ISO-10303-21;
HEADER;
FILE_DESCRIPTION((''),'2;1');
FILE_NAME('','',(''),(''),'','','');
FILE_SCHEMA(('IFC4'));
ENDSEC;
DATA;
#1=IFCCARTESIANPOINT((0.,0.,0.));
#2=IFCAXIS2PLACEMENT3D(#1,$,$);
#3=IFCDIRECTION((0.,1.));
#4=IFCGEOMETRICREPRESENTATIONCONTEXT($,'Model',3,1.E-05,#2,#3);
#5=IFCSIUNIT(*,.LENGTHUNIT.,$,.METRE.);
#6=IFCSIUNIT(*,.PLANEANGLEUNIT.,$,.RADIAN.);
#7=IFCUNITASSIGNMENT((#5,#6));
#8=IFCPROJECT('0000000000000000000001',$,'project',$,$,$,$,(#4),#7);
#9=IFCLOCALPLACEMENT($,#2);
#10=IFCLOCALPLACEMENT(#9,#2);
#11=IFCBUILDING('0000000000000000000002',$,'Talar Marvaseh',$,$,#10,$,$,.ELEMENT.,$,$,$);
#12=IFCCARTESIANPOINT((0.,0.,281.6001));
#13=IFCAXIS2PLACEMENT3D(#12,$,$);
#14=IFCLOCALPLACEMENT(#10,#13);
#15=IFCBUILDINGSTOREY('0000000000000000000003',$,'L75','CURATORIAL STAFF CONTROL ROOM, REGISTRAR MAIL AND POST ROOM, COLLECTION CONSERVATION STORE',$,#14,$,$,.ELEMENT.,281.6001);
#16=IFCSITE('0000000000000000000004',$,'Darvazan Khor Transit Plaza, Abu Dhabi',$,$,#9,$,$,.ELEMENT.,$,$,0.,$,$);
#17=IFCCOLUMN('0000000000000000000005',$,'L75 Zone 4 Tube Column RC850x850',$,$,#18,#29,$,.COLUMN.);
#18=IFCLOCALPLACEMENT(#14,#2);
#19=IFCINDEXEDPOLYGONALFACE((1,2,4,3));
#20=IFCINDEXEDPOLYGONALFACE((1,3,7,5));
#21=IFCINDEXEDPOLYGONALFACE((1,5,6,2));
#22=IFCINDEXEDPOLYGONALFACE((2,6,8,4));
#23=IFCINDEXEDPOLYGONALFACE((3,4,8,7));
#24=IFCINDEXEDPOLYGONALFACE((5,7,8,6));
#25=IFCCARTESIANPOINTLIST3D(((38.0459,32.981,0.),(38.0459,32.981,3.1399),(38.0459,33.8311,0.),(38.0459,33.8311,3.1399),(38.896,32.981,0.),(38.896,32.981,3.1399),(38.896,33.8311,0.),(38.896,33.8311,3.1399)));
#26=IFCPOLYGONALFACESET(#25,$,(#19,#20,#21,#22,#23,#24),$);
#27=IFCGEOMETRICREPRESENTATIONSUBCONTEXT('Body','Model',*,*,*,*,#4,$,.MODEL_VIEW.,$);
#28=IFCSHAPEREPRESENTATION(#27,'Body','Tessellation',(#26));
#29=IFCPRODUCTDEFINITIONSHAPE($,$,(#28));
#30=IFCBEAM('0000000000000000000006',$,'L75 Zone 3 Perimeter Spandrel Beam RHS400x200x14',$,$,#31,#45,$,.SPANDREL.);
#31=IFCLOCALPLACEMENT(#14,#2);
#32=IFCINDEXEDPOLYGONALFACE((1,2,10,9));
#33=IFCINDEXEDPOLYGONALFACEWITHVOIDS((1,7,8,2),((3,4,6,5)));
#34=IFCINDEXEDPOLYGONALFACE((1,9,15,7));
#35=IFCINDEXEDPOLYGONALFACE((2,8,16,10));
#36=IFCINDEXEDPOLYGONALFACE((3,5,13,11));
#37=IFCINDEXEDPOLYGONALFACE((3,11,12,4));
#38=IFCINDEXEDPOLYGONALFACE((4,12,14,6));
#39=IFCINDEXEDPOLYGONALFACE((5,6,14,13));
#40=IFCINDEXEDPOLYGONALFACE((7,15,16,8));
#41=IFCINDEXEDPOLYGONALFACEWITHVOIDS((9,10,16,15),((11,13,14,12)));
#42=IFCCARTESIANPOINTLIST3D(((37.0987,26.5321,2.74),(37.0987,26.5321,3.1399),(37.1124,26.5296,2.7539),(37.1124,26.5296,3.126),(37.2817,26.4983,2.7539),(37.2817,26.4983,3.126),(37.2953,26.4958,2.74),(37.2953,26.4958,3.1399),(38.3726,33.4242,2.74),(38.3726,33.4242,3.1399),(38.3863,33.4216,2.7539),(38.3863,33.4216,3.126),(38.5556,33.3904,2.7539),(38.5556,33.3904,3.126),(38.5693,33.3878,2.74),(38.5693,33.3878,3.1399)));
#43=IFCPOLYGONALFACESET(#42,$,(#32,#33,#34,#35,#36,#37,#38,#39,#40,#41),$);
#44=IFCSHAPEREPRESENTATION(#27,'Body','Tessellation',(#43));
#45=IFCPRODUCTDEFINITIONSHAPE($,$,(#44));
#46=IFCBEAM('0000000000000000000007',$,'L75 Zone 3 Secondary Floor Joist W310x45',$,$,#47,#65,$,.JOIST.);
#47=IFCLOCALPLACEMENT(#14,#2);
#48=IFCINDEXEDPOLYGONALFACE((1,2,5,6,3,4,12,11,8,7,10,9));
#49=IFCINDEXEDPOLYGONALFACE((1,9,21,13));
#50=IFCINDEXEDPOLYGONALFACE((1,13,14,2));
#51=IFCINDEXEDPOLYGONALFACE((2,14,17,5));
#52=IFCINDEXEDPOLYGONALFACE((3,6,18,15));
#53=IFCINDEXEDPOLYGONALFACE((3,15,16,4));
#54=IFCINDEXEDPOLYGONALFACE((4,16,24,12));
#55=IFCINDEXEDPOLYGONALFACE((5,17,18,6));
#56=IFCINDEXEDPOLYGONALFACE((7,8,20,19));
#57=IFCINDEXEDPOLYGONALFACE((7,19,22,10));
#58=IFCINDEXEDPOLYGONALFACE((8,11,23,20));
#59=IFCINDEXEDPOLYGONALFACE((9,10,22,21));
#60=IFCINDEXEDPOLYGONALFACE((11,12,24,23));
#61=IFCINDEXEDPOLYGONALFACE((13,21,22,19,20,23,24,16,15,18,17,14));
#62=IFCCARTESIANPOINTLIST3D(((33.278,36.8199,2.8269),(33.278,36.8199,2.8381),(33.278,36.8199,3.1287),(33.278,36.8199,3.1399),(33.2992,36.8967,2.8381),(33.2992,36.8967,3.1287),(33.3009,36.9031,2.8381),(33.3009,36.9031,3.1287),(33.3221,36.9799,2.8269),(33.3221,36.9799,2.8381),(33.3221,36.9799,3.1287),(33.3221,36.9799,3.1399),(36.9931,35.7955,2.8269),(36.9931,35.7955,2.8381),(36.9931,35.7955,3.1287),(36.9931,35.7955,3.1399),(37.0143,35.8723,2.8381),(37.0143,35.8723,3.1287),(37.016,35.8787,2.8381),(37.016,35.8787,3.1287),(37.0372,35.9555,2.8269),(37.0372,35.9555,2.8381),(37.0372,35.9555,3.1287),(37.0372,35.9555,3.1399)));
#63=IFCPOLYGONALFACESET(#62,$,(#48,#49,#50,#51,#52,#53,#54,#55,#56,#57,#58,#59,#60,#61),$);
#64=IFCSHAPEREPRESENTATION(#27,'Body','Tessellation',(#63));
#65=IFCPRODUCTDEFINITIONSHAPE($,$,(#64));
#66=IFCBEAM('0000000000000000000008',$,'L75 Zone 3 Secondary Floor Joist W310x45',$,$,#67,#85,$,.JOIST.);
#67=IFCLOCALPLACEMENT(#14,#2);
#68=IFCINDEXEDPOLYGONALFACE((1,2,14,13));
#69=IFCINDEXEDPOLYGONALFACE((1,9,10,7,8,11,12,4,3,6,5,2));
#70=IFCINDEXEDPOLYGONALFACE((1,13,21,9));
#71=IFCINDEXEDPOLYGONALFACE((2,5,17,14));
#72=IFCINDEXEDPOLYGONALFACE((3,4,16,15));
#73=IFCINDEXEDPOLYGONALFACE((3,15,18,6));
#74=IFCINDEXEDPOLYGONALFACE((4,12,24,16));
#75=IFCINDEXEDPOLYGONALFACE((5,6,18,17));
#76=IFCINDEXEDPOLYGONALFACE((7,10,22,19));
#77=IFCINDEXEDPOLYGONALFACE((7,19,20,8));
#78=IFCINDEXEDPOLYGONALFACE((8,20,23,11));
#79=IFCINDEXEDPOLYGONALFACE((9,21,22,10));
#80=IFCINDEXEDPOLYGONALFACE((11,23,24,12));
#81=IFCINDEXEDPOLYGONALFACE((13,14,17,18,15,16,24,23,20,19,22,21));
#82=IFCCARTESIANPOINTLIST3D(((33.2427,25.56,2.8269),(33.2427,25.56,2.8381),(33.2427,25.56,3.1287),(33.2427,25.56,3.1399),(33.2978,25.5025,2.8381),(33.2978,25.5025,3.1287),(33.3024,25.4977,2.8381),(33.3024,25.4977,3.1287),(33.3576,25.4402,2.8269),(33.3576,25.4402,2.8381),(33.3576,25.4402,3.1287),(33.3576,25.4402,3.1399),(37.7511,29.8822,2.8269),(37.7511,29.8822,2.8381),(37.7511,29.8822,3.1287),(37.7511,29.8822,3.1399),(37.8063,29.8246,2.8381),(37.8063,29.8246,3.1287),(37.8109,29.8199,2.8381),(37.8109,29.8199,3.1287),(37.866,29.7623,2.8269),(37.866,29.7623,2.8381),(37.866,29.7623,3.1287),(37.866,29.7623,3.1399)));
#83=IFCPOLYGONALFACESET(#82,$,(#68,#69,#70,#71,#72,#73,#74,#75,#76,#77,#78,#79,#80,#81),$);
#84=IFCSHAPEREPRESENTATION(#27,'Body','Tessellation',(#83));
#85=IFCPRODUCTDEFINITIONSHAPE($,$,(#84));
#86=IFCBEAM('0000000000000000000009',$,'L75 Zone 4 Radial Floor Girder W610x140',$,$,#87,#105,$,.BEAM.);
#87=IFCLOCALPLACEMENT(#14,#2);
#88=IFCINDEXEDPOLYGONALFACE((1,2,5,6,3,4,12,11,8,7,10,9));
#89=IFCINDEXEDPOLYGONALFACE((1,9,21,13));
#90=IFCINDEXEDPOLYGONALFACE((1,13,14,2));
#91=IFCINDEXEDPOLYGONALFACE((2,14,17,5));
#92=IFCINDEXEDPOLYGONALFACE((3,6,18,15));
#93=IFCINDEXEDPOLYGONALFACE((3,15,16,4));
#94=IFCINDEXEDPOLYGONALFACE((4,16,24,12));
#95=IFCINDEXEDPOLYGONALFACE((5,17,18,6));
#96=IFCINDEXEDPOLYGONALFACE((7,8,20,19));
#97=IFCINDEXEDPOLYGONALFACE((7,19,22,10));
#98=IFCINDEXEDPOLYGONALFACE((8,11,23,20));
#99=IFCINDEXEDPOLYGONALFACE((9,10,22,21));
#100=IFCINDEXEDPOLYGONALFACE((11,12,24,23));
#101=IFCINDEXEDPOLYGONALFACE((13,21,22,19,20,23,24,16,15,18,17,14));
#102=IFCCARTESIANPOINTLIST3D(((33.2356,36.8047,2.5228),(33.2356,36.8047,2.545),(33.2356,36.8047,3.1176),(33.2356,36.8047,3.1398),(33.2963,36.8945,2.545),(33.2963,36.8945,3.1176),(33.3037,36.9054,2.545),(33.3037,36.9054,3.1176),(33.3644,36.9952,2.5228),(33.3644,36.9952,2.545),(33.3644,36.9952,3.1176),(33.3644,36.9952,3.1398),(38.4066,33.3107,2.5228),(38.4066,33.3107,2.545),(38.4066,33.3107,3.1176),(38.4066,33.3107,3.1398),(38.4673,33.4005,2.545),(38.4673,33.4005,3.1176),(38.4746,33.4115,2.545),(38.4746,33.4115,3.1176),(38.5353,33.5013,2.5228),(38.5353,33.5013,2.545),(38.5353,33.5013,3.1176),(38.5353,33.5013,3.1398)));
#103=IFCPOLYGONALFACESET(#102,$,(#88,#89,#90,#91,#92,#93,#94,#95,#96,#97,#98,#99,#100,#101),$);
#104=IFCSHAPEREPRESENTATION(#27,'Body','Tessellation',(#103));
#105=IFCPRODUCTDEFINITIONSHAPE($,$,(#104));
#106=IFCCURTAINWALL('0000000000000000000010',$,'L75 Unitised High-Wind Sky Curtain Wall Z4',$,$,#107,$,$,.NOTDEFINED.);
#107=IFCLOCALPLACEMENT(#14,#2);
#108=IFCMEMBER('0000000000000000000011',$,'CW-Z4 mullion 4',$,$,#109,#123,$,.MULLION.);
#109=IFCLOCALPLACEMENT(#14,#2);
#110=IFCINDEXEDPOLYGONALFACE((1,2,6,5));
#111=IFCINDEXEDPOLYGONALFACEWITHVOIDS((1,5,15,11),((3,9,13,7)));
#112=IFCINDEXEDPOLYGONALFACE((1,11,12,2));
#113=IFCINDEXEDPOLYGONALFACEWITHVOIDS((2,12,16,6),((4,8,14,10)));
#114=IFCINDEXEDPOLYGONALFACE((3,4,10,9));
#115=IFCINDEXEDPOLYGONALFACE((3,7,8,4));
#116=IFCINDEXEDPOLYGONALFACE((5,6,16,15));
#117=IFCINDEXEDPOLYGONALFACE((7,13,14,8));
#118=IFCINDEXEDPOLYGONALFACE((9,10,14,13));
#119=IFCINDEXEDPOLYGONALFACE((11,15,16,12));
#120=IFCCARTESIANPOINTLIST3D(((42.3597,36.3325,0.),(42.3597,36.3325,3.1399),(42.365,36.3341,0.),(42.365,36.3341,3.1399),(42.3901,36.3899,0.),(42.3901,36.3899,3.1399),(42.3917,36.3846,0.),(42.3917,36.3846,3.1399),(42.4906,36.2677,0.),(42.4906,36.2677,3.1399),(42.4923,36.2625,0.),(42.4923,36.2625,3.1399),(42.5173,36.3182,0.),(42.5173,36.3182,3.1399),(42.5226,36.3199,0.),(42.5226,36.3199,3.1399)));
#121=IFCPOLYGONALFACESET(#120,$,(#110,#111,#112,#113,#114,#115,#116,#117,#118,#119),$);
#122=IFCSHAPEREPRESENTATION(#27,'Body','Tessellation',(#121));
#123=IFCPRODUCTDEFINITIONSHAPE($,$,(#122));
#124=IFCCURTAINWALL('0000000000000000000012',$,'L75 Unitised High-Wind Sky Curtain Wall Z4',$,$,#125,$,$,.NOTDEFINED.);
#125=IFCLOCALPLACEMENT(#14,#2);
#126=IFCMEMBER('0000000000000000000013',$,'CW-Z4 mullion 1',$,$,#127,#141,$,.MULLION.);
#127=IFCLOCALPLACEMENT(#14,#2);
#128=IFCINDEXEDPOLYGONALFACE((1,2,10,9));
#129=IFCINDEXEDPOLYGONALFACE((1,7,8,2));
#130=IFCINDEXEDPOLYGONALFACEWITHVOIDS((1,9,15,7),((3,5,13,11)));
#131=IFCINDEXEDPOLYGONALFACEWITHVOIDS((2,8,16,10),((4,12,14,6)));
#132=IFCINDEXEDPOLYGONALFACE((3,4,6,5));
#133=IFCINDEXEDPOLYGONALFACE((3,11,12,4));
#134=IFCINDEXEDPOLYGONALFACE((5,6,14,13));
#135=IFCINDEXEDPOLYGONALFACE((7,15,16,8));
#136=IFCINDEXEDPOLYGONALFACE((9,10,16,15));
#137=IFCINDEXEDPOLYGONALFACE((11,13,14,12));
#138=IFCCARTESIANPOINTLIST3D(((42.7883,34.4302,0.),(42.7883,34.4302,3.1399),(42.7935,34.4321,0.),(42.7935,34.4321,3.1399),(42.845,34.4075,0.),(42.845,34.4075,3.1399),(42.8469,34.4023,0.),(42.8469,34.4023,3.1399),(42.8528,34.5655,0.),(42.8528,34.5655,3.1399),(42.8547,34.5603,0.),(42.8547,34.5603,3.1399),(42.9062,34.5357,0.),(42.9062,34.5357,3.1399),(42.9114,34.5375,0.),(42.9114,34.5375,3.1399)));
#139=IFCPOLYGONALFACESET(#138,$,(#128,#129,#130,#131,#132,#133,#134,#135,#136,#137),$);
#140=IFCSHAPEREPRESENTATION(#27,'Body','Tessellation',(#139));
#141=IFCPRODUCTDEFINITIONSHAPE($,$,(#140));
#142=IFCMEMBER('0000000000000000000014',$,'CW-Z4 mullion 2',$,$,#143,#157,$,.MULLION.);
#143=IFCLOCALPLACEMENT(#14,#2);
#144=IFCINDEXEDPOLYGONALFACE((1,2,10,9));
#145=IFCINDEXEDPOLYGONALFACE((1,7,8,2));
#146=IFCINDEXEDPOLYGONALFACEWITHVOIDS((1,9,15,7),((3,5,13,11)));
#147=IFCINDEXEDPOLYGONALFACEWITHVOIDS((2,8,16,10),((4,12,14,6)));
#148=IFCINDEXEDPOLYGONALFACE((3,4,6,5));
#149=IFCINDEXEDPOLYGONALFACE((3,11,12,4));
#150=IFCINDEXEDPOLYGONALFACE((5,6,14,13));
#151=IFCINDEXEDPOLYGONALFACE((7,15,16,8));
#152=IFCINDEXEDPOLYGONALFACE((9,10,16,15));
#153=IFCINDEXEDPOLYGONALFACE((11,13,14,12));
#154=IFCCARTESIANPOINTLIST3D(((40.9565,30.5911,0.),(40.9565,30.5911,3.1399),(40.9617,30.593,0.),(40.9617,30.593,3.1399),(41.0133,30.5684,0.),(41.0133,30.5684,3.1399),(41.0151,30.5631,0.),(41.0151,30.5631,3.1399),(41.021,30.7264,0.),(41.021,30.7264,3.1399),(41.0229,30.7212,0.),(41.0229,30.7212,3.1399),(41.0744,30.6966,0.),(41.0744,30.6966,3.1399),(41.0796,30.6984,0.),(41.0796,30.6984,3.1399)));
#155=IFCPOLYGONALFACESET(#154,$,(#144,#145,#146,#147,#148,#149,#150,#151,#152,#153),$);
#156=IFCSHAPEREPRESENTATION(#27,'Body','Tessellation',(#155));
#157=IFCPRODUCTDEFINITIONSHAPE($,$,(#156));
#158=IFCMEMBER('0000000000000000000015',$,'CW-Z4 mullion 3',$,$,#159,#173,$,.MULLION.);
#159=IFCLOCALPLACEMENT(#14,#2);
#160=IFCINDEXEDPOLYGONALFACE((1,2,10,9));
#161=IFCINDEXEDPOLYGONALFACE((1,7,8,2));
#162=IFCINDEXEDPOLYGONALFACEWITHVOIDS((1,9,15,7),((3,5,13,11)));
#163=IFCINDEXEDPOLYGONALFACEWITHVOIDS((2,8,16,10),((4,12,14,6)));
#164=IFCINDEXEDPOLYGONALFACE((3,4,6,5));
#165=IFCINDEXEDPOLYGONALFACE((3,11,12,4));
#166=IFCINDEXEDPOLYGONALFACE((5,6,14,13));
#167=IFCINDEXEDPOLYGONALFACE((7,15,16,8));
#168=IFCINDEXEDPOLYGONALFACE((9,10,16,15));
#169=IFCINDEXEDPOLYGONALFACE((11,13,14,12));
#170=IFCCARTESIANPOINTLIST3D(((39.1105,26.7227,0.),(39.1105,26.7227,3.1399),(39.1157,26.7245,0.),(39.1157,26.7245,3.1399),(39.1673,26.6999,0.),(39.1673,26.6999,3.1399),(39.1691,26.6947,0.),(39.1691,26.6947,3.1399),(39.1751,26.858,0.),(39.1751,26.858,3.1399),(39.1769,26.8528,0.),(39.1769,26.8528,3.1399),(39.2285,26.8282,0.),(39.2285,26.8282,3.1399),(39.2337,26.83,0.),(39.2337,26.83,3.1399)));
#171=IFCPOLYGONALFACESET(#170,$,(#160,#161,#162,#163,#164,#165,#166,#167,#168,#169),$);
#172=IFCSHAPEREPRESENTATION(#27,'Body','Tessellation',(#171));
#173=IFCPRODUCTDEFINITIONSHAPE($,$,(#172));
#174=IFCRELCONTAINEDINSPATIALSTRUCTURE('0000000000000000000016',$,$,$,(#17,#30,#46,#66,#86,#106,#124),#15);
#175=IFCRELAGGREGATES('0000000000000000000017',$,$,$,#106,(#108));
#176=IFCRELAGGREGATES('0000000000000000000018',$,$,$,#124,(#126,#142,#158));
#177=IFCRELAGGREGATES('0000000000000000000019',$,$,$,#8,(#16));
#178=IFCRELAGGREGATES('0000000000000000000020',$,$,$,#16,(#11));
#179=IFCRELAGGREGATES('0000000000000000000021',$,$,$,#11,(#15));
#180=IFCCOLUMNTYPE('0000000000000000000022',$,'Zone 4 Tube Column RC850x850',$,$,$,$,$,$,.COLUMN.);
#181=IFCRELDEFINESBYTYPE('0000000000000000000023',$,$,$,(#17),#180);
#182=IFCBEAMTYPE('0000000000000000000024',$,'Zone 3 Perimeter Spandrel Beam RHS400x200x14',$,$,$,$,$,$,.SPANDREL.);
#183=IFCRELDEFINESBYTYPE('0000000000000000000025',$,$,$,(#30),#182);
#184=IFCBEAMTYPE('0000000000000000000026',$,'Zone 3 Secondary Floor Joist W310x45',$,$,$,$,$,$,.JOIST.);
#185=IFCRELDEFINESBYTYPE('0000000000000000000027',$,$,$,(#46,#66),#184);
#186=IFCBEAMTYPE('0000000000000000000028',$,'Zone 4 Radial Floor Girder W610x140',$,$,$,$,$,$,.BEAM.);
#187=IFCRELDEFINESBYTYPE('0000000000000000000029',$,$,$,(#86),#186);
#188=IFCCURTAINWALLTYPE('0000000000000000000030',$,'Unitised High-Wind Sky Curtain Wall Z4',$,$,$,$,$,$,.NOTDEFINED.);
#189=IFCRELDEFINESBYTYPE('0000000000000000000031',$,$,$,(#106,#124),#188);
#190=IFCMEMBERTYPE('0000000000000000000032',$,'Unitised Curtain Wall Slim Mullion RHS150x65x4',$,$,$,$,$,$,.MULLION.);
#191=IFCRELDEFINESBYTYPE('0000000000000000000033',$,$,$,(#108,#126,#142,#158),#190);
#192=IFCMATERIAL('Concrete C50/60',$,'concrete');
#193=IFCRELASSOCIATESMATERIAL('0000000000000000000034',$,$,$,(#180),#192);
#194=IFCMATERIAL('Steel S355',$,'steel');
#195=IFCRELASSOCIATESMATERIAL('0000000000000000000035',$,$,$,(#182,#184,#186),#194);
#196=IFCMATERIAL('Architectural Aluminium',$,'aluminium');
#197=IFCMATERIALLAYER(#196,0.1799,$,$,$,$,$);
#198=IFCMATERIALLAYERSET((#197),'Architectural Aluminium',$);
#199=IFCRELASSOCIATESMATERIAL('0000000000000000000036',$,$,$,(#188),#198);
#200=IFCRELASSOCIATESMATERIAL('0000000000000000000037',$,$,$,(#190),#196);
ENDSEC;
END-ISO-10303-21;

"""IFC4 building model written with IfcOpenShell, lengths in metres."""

from ifc_helpers import new_model, si_unit, direction, frame, origin, origin_2d, place, context, subcontext, project, spatial, rectangle, hollow_rectangle, i_section, extrude, source, transform, mapped, material, layer, layer_set, material_profile, profile_set, type_object, type_shapes, element, aggregate, save


model = new_model("IFC4")

# Units and contexts
model_context = context("Model", 3, precision=1e-05, world=origin(), true_north=direction((0.0, 1.0)))
body_context = subcontext(model_context, "Body", "Model", "MODEL_VIEW")
ifc_project = project(units=[si_unit("LENGTHUNIT", "METRE"), si_unit("PLANEANGLEUNIT", "RADIAN")], contexts=[model_context])

# Site, building, storey
site_placement = place(None, origin())
site = spatial("IfcSite", under=ifc_project, at=site_placement, Name="Darvazan Khor Transit Plaza, Abu Dhabi", CompositionType="ELEMENT", RefElevation=0.0)
building_placement = place(site_placement, origin())
building = spatial("IfcBuilding", under=site, at=building_placement, Name="Talar Marvaseh", CompositionType="ELEMENT")
storey_placement = place(building_placement, frame((0.0, 0.0, 281.6001)))
storey = spatial("IfcBuildingStorey", under=building, at=storey_placement, Name="L75", Description="CURATORIAL STAFF CONTROL ROOM, REGISTRAR MAIL AND POST ROOM, COLLECTION CONSERVATION STORE", CompositionType="ELEMENT", Elevation=281.6001)

# Column
ifc_material_1 = material(Name="Concrete C50/60", Category="concrete")
ifc_material_profile_1 = material_profile(ifc_material_1, rectangle(XDim=0.8501, YDim=0.8501, at=origin_2d()), Name="RC850x850")
ifc_profile_set_1 = profile_set([ifc_material_profile_1], Name="Concrete C50/60")
column_type = type_object("IfcColumnType", Name="Zone 4 Tube Column RC850x850", PredefinedType="COLUMN", material=ifc_profile_set_1)
column_placement = place(storey_placement, frame((38.4709, 33.406, 0.0), z_axis=(0.0, 0.0, 1.0), x_axis=(1.0, 0.0, 0.0)))
element("IfcColumn", 1, at=column_placement, inside=storey, type_object=column_type, Name="L75 Zone 4 Tube Column RC850x850", PredefinedType="COLUMN", context=body_context, shape_type="SweptSolid", body=[
    extrude(rectangle(XDim=0.8501, YDim=0.8501, at=origin_2d()), origin(), (0.0, 0.0, 1.0), 3.1399),
])

# Beams
ifc_material_2 = material(Name="Steel S355", Category="steel")
ifc_material_profile_2 = material_profile(ifc_material_2, hollow_rectangle(XDim=0.2, YDim=0.3999, WallThickness=0.0139, at=origin_2d()), Name="RHS400x200x14")
ifc_profile_set_2 = profile_set([ifc_material_profile_2], Name="Steel S355")
beam_type_1 = type_object("IfcBeamType", Name="Zone 3 Perimeter Spandrel Beam RHS400x200x14", PredefinedType="SPANDREL", material=ifc_profile_set_2)
beam_1_placement = place(storey_placement, frame((38.4709, 33.406, 2.9399), z_axis=(-0.18176, -0.983343, 0.0), x_axis=(0.983343, -0.18176, 0.0)))
element("IfcBeam", 2, at=beam_1_placement, inside=storey, type_object=beam_type_1, Name="L75 Zone 3 Perimeter Spandrel Beam RHS400x200x14", PredefinedType="SPANDREL", context=body_context, shape_type="SweptSolid", body=[
    extrude(hollow_rectangle(XDim=0.2, YDim=0.3999, WallThickness=0.0139, at=origin_2d()), origin(), (0.0, 0.0, 1.0), 7.0088),
])
ifc_material_profile_3 = material_profile(ifc_material_2, i_section(OverallWidth=0.166, OverallDepth=0.313, WebThickness=0.0066, FlangeThickness=0.0112, at=origin_2d()), Name="W310x45")
ifc_profile_set_3 = profile_set([ifc_material_profile_3], Name="Steel S355")
beam_type_2 = type_object("IfcBeamType", Name="Zone 3 Secondary Floor Joist W310x45", PredefinedType="JOIST", material=ifc_profile_set_3)
beam_2_placement = place(storey_placement, frame((37.0151, 35.8755, 2.9834), z_axis=(-0.964022, 0.265823, 0.0), x_axis=(-0.265823, -0.964022, 0.0)))
element("IfcBeam", 3, at=beam_2_placement, inside=storey, type_object=beam_type_2, Name="L75 Zone 3 Secondary Floor Joist W310x45", PredefinedType="JOIST", context=body_context, shape_type="SweptSolid", body=[
    extrude(i_section(OverallWidth=0.166, OverallDepth=0.313, WebThickness=0.0066, FlangeThickness=0.0112, at=origin_2d()), origin(), (0.0, 0.0, 1.0), 3.8538),
])
beam_3_placement = place(storey_placement, frame((37.8086, 29.8223, 2.9834), z_axis=(-0.721862, -0.692037, 0.0), x_axis=(0.692037, -0.721862, 0.0)))
element("IfcBeam", 4, at=beam_3_placement, inside=storey, type_object=beam_type_2, Name="L75 Zone 3 Secondary Floor Joist W310x45", PredefinedType="JOIST", context=body_context, shape_type="SweptSolid", body=[
    extrude(i_section(OverallWidth=0.166, OverallDepth=0.313, WebThickness=0.0066, FlangeThickness=0.0112, at=origin_2d()), origin(), (0.0, 0.0, 1.0), 6.2456),
])
ifc_material_profile_4 = material_profile(ifc_material_2, i_section(OverallWidth=0.23, OverallDepth=0.6169, WebThickness=0.0132, FlangeThickness=0.0222, at=origin_2d()), Name="W610x140")
ifc_profile_set_4 = profile_set([ifc_material_profile_4], Name="Steel S355")
beam_type_3 = type_object("IfcBeamType", Name="Zone 4 Radial Floor Girder W610x140", PredefinedType="BEAM", material=ifc_profile_set_4)
beam_4_placement = place(storey_placement, frame((38.4709, 33.406, 2.8313), z_axis=(-0.828586, 0.559862, 0.0), x_axis=(-0.559862, -0.828586, 0.0)))
element("IfcBeam", 5, at=beam_4_placement, inside=storey, type_object=beam_type_3, Name="L75 Zone 4 Radial Floor Girder W610x140", PredefinedType="BEAM", context=body_context, shape_type="SweptSolid", body=[
    extrude(i_section(OverallWidth=0.23, OverallDepth=0.6169, WebThickness=0.0132, FlangeThickness=0.0222, at=origin_2d()), origin(), (0.0, 0.0, 1.0), 6.2407),
])

# Curtain wall, member
ifc_material_3 = material(Name="Architectural Aluminium", Category="aluminium")
ifc_layer_1 = layer(ifc_material_3, 0.1799)
ifc_layer_set_1 = layer_set([ifc_layer_1], Name="Architectural Aluminium")
curtain_wall_type = type_object("IfcCurtainWallType", Name="Unitised High-Wind Sky Curtain Wall Z4", PredefinedType="NOTDEFINED", material=ifc_layer_set_1)
curtain_wall_1_placement = place(storey_placement, origin())
curtain_wall_1 = element("IfcCurtainWall", 6, at=curtain_wall_1_placement, inside=storey, type_object=curtain_wall_type, Name="L75 Unitised High-Wind Sky Curtain Wall Z4", PredefinedType="NOTDEFINED")
ifc_material_profile_5 = material_profile(ifc_material_3, hollow_rectangle(XDim=0.0649, YDim=0.1499, WallThickness=0.0039, at=origin_2d()), Name="RHS150x65x4")
ifc_profile_set_5 = profile_set([ifc_material_profile_5], Name="Architectural Aluminium")
member_type_1 = type_object("IfcMemberType", Name="Unitised Curtain Wall Slim Mullion RHS150x65x4", PredefinedType="MULLION", material=ifc_profile_set_5)
shared_shape_1 = source(origin(), body_context, "Body", "SweptSolid", [
    extrude(hollow_rectangle(XDim=0.0649, YDim=0.1499, WallThickness=0.0039, at=origin_2d()), origin(), (0.0, 0.0, 1.0), 3.1399),
])
type_shapes(member_type_1, [shared_shape_1])
member_1_placement = place(storey_placement, frame((42.4412, 36.3262, 0.0), z_axis=(0.0, 0.0, 1.0), x_axis=(0.467098, 0.884206, 0.0)))
member_1 = element("IfcMember", 7, at=member_1_placement, type_object=member_type_1, Name="CW-Z4 mullion 4", PredefinedType="MULLION", context=body_context, shape_type="MappedRepresentation", body=[
    mapped(shared_shape_1, transform((0.0, 0.0, 0.0), x_axis=(1.0, 0.0, 0.0), y_axis=(0.0, 1.0, 0.0), z_axis=(0.0, 0.0, 1.0), scale=1.0)),
])
aggregate(curtain_wall_1, [member_1])

# Curtain wall, members
curtain_wall_2_placement = place(storey_placement, origin())
curtain_wall_2 = element("IfcCurtainWall", 8, at=curtain_wall_2_placement, inside=storey, type_object=curtain_wall_type, Name="L75 Unitised High-Wind Sky Curtain Wall Z4", PredefinedType="NOTDEFINED")
member_2_placement = place(storey_placement, frame((42.8499, 34.4839, 0.0), z_axis=(0.0, 0.0, 1.0), x_axis=(0.902517, -0.430655, 0.0)))
member_2 = element("IfcMember", 9, at=member_2_placement, type_object=member_type_1, Name="CW-Z4 mullion 1", PredefinedType="MULLION", context=body_context, shape_type="MappedRepresentation", body=[
    mapped(shared_shape_1, transform((0.0, 0.0, 0.0), x_axis=(1.0, 0.0, 0.0), y_axis=(0.0, 1.0, 0.0), z_axis=(0.0, 0.0, 1.0), scale=1.0)),
])
member_3_placement = place(storey_placement, frame((41.0181, 30.6448, 0.0), z_axis=(0.0, 0.0, 1.0), x_axis=(0.902517, -0.430655, 0.0)))
member_3 = element("IfcMember", 10, at=member_3_placement, type_object=member_type_1, Name="CW-Z4 mullion 2", PredefinedType="MULLION", context=body_context, shape_type="MappedRepresentation", body=[
    mapped(shared_shape_1, transform((0.0, 0.0, 0.0), x_axis=(1.0, 0.0, 0.0), y_axis=(0.0, 1.0, 0.0), z_axis=(0.0, 0.0, 1.0), scale=1.0)),
])
member_4_placement = place(storey_placement, frame((39.1721, 26.7764, 0.0), z_axis=(0.0, 0.0, 1.0), x_axis=(0.902517, -0.430655, 0.0)))
member_4 = element("IfcMember", 11, at=member_4_placement, type_object=member_type_1, Name="CW-Z4 mullion 3", PredefinedType="MULLION", context=body_context, shape_type="MappedRepresentation", body=[
    mapped(shared_shape_1, transform((0.0, 0.0, 0.0), x_axis=(1.0, 0.0, 0.0), y_axis=(0.0, 1.0, 0.0), z_axis=(0.0, 0.0, 1.0), scale=1.0)),
])
aggregate(curtain_wall_2, [member_2, member_3, member_4])

save(model, "model.ifc")
